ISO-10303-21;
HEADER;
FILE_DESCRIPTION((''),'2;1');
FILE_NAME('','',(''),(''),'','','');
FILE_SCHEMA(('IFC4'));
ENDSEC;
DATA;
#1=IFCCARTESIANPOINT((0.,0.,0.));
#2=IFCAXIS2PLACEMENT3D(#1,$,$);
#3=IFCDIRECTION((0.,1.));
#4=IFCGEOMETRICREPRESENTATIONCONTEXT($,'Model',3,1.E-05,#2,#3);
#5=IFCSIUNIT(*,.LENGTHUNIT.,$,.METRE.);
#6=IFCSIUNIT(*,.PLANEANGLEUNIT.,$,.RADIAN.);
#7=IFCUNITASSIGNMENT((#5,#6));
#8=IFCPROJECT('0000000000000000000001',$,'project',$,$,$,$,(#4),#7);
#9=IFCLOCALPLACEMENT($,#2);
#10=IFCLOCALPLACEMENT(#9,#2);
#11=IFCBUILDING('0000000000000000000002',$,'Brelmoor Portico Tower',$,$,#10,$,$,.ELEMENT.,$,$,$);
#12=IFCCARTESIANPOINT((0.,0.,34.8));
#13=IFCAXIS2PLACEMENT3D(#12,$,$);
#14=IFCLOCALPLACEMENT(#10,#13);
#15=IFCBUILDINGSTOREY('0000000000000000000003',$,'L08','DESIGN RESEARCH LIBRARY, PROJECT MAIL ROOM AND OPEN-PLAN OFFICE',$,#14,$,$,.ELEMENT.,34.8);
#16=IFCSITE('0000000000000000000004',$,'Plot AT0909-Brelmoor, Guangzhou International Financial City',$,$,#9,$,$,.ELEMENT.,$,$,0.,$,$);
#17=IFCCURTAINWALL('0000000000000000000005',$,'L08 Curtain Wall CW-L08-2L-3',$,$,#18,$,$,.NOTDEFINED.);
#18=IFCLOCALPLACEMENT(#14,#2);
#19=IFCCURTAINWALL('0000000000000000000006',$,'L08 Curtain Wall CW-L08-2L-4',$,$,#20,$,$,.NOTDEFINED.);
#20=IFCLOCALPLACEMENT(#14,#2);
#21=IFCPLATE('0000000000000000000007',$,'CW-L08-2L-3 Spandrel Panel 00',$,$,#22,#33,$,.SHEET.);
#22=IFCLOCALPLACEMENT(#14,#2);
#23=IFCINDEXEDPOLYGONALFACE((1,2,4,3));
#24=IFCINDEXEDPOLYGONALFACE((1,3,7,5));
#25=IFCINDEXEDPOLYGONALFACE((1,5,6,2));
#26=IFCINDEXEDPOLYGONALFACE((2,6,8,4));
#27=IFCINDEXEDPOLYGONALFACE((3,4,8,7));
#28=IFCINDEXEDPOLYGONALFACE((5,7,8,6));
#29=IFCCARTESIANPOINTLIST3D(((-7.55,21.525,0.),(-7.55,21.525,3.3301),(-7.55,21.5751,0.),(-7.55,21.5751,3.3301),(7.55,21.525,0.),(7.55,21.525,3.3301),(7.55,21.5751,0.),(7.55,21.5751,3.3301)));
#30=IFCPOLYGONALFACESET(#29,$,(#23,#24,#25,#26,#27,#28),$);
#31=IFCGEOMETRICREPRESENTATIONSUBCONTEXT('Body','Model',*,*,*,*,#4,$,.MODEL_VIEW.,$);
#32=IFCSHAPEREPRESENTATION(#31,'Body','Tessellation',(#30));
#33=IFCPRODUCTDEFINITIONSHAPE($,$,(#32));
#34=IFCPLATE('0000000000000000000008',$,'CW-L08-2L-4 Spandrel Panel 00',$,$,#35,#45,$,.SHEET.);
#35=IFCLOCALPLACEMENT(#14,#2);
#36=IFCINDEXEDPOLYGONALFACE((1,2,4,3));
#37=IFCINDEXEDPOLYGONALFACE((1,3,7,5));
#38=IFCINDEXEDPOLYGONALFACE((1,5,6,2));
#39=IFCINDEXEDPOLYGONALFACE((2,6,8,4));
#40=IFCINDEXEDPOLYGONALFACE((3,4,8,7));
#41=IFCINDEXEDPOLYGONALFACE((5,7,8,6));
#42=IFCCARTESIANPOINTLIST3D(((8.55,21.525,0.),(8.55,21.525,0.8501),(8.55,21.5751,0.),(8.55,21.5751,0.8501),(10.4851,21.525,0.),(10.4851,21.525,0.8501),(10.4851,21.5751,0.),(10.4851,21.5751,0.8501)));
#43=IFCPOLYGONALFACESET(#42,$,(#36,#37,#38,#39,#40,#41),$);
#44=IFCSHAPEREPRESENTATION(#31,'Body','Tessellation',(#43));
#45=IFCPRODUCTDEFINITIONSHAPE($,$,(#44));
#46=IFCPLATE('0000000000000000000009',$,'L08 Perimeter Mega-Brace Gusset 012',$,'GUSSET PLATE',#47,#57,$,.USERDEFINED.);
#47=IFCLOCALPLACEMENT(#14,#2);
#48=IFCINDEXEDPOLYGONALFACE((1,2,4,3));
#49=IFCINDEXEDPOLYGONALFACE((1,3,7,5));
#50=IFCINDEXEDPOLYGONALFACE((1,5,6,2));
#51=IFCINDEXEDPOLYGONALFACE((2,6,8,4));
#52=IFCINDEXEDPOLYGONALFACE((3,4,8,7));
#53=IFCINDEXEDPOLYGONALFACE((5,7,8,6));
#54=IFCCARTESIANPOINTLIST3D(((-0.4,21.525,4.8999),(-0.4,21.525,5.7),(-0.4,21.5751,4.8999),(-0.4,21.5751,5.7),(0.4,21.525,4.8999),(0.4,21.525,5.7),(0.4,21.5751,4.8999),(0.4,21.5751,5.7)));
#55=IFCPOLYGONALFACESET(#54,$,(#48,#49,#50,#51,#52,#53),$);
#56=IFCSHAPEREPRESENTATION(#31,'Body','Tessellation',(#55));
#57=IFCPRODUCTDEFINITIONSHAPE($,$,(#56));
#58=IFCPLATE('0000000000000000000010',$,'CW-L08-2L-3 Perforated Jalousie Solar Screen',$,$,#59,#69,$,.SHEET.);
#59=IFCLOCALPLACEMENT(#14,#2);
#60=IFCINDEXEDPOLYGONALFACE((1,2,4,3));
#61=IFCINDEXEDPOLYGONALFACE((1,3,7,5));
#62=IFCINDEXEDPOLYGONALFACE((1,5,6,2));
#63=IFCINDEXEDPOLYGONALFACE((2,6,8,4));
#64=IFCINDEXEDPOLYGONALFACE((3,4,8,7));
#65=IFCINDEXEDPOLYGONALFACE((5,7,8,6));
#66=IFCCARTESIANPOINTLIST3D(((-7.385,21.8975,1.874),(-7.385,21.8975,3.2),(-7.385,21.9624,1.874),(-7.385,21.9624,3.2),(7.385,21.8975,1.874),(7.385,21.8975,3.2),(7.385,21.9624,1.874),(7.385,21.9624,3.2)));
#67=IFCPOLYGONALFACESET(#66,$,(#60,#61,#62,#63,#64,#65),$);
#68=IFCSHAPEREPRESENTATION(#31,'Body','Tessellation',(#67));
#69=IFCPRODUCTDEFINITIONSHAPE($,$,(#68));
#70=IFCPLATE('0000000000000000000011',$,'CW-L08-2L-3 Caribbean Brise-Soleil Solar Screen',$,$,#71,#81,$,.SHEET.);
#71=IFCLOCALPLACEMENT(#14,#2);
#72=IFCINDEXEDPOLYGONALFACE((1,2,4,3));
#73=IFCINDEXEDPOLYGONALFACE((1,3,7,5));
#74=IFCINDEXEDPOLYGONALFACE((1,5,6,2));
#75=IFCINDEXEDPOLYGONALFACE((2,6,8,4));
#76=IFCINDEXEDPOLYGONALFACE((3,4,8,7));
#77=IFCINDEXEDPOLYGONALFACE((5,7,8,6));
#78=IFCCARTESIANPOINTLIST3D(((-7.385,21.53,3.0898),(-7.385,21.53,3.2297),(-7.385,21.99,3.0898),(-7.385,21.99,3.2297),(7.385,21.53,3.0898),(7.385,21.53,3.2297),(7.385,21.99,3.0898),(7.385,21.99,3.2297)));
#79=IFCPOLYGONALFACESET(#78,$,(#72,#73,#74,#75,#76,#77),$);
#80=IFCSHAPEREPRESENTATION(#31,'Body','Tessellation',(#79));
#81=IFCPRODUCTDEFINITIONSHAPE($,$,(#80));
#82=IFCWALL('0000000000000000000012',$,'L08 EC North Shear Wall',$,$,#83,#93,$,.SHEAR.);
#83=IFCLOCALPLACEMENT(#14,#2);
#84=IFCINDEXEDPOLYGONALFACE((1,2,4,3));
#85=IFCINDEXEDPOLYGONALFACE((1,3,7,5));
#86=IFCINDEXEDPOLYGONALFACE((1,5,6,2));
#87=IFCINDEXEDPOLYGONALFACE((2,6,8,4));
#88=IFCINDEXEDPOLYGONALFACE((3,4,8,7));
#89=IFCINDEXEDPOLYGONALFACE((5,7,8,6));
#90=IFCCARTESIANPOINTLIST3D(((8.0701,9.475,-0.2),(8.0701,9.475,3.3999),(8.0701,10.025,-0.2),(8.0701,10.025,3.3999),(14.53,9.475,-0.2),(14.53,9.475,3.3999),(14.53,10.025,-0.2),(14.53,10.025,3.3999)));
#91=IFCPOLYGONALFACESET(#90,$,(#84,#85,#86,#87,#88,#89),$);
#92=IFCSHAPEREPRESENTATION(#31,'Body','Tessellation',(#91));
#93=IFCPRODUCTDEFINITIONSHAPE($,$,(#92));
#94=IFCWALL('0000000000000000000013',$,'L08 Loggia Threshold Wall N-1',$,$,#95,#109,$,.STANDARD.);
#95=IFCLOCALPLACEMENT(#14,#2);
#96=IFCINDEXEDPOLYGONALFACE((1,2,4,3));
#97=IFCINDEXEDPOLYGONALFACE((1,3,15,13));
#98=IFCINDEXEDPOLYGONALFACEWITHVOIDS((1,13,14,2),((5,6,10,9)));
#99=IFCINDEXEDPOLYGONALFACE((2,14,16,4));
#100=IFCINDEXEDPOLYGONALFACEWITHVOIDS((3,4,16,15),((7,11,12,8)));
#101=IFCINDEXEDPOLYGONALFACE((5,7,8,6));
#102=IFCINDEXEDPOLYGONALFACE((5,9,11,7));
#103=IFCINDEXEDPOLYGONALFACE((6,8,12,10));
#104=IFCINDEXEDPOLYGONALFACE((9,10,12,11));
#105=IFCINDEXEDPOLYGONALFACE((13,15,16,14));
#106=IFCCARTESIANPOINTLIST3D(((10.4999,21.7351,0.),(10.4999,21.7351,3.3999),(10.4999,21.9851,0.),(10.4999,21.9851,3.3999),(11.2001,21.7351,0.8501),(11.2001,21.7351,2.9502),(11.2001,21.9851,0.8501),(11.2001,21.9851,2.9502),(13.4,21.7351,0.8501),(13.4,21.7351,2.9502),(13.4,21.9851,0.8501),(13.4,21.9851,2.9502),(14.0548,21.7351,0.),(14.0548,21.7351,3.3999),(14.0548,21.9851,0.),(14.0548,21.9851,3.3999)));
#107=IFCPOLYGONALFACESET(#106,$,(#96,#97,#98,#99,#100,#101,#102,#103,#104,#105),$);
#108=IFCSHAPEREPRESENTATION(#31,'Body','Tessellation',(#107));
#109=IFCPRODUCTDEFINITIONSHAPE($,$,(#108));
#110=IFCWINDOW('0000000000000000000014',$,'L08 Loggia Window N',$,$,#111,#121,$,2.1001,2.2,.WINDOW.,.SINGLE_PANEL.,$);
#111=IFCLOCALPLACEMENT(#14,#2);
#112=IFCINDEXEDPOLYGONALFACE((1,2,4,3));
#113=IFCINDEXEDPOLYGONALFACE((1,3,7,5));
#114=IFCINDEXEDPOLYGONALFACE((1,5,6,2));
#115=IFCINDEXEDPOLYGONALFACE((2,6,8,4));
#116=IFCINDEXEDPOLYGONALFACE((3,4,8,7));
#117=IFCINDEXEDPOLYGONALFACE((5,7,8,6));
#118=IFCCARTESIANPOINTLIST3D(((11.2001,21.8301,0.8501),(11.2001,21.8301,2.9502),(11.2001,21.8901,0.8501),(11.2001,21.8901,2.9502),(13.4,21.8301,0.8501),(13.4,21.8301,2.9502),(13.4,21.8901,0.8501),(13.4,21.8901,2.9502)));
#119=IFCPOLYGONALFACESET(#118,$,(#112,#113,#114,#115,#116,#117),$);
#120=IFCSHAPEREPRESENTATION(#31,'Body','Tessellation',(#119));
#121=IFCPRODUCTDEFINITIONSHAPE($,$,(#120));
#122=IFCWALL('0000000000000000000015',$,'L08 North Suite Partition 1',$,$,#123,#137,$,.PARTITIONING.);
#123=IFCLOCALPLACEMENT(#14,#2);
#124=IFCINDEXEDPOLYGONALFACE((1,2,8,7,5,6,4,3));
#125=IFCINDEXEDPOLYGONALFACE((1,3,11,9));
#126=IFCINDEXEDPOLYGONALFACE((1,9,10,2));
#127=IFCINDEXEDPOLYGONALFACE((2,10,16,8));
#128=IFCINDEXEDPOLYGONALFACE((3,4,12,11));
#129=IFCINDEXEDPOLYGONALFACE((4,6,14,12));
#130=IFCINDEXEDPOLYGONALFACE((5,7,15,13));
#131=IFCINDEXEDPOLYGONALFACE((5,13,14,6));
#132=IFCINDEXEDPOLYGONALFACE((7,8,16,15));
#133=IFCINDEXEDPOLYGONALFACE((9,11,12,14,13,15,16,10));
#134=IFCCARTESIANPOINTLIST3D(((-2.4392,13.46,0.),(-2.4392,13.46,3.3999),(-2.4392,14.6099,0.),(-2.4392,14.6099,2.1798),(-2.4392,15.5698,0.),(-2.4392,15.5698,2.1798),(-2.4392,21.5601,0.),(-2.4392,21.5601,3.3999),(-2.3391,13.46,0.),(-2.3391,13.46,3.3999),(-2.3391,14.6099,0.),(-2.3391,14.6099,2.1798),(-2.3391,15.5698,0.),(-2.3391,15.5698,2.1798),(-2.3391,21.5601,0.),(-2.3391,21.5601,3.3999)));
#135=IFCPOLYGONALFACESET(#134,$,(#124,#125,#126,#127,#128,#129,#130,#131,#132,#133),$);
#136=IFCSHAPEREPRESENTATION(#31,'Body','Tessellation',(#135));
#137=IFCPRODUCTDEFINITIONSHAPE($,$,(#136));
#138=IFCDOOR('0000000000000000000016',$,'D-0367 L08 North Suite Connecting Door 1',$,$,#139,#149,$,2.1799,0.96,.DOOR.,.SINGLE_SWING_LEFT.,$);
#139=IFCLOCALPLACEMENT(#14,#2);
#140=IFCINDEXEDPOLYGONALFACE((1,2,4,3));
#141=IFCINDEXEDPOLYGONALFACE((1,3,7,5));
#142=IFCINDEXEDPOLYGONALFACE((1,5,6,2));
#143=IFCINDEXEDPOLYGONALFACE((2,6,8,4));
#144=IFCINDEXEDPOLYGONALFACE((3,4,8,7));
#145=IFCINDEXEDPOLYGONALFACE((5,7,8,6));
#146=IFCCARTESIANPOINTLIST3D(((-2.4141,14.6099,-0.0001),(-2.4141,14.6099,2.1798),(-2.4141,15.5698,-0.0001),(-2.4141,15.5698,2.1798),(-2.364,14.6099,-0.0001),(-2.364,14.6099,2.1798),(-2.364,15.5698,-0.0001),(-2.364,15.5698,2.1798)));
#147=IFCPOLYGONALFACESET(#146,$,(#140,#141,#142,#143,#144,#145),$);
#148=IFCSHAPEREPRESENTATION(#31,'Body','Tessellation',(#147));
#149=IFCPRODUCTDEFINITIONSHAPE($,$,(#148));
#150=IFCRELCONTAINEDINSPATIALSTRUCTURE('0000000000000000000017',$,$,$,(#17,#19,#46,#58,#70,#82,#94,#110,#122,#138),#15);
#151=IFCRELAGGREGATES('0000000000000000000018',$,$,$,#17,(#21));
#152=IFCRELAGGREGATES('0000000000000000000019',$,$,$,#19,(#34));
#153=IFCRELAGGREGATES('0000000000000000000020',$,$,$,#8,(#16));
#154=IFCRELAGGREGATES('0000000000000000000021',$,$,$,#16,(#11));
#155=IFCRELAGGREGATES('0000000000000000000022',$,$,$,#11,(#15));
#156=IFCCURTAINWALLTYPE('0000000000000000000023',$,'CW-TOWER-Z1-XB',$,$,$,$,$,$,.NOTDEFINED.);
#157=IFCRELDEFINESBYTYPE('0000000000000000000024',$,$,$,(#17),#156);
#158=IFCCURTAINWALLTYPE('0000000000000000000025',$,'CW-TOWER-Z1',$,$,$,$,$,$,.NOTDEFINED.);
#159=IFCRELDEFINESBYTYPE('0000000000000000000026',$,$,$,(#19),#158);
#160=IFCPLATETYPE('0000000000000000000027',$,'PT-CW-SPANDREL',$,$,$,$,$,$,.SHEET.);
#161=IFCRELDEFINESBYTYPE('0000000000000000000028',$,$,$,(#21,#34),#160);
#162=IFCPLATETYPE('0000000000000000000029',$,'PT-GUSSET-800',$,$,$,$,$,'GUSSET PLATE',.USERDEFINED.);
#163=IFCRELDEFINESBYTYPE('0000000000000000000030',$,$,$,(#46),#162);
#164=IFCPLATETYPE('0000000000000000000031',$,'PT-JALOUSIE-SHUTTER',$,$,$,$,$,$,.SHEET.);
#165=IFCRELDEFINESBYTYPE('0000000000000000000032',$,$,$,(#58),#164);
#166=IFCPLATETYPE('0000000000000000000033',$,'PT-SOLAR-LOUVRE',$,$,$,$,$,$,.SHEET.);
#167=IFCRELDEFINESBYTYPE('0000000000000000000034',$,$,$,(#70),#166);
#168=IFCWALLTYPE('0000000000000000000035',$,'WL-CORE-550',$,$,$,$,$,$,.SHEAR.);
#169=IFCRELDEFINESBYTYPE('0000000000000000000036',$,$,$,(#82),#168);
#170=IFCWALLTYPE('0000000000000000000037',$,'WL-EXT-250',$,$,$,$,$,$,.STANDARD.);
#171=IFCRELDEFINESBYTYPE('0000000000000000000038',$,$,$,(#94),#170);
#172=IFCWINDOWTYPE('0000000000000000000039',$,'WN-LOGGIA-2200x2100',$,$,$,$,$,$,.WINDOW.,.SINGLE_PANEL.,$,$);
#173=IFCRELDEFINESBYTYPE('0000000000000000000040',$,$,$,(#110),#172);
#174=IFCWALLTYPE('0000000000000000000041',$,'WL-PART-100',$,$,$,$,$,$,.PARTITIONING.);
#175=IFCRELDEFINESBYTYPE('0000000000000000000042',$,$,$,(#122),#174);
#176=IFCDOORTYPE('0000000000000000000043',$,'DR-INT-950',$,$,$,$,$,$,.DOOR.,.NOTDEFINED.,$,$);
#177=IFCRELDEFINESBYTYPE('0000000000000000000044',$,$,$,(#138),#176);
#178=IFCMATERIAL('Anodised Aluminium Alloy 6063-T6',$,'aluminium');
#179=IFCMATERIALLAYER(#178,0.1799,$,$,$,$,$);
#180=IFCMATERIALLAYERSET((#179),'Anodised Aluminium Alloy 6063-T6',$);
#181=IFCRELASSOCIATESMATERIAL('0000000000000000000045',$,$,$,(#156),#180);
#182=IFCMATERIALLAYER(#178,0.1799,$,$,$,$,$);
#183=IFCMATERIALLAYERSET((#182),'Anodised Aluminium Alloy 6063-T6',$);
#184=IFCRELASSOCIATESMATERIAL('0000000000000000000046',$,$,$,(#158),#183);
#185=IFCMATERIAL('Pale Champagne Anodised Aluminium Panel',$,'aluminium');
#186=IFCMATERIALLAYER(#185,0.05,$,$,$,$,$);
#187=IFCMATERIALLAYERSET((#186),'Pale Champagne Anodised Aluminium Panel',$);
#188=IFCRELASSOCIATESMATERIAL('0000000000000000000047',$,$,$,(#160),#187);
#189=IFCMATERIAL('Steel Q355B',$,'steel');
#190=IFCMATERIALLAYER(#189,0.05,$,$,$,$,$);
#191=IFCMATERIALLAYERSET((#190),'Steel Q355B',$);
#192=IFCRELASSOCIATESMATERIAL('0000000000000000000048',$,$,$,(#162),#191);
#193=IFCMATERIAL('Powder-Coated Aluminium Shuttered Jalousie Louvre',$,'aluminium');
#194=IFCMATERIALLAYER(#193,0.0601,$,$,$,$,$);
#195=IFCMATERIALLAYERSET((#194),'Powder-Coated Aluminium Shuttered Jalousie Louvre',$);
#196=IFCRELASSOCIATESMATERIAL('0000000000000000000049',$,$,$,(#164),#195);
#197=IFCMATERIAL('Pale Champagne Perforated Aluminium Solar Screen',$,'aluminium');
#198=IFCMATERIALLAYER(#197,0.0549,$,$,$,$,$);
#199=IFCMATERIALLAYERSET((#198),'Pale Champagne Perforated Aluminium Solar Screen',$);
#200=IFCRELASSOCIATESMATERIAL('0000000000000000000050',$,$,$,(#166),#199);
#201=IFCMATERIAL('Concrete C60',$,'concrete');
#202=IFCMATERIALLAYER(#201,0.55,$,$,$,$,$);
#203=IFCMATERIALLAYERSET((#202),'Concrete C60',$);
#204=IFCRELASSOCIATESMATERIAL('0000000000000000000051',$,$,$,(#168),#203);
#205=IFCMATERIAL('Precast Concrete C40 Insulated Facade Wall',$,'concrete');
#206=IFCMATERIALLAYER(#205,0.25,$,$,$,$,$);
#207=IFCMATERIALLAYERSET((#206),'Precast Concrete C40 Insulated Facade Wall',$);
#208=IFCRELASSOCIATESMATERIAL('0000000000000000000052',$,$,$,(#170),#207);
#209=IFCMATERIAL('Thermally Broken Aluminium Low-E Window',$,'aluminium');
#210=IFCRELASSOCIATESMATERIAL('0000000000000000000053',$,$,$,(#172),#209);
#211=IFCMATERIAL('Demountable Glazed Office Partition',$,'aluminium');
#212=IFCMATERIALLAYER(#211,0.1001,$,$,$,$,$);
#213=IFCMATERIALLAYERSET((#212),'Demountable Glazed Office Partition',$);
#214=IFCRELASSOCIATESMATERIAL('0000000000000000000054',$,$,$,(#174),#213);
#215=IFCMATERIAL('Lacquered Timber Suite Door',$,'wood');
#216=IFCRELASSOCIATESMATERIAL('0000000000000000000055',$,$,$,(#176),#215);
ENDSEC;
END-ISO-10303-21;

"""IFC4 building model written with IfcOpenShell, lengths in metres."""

from ifc_helpers import new_model, si_unit, direction, frame, frame_2d, origin, origin_2d, place, context, subcontext, project, spatial, rectangle, extrude, material, layer, layer_set, type_object, element, fill, aggregate, save


model = new_model("IFC4")

# Units and contexts
model_context = context("Model", 3, precision=1e-05, world=origin(), true_north=direction((0.0, 1.0)))
body_context = subcontext(model_context, "Body", "Model", "MODEL_VIEW")
ifc_project = project(units=[si_unit("LENGTHUNIT", "METRE"), si_unit("PLANEANGLEUNIT", "RADIAN")], contexts=[model_context])

# Site, building, storey
site_placement = place(None, origin())
site = spatial("IfcSite", under=ifc_project, at=site_placement, Name="Plot AT0909-Brelmoor, Guangzhou International Financial City", CompositionType="ELEMENT", RefElevation=0.0)
building_placement = place(site_placement, origin())
building = spatial("IfcBuilding", under=site, at=building_placement, Name="Brelmoor Portico Tower", CompositionType="ELEMENT")
storey_placement = place(building_placement, frame((0.0, 0.0, 34.8)))
storey = spatial("IfcBuildingStorey", under=building, at=storey_placement, Name="L08", Description="DESIGN RESEARCH LIBRARY, PROJECT MAIL ROOM AND OPEN-PLAN OFFICE", CompositionType="ELEMENT", Elevation=34.8)

# Shared definitions
ifc_material_1 = material(Name="Steel Q355B", Category="steel")

# Curtain wall
ifc_material_2 = material(Name="Anodised Aluminium Alloy 6063-T6", Category="aluminium")
ifc_layer_1 = layer(ifc_material_2, 0.1799)
ifc_layer_set_1 = layer_set([ifc_layer_1], Name="Anodised Aluminium Alloy 6063-T6")
curtain_wall_type_1 = type_object("IfcCurtainWallType", Name="CW-TOWER-Z1-XB", PredefinedType="NOTDEFINED", material=ifc_layer_set_1)
curtain_wall_1_placement = place(storey_placement, origin())
curtain_wall_1 = element("IfcCurtainWall", 1, at=curtain_wall_1_placement, inside=storey, type_object=curtain_wall_type_1, Name="L08 Curtain Wall CW-L08-2L-3", PredefinedType="NOTDEFINED")

# Curtain wall
ifc_layer_2 = layer(ifc_material_2, 0.1799)
ifc_layer_set_2 = layer_set([ifc_layer_2], Name="Anodised Aluminium Alloy 6063-T6")
curtain_wall_type_2 = type_object("IfcCurtainWallType", Name="CW-TOWER-Z1", PredefinedType="NOTDEFINED", material=ifc_layer_set_2)
curtain_wall_2_placement = place(storey_placement, origin())
curtain_wall_2 = element("IfcCurtainWall", 2, at=curtain_wall_2_placement, inside=storey, type_object=curtain_wall_type_2, Name="L08 Curtain Wall CW-L08-2L-4", PredefinedType="NOTDEFINED")

# Plates
ifc_material_3 = material(Name="Pale Champagne Anodised Aluminium Panel", Category="aluminium")
ifc_layer_3 = layer(ifc_material_3, 0.05)
ifc_layer_set_3 = layer_set([ifc_layer_3], Name="Pale Champagne Anodised Aluminium Panel")
plate_type_1 = type_object("IfcPlateType", Name="PT-CW-SPANDREL", PredefinedType="SHEET", material=ifc_layer_set_3)
plate_1_placement = place(storey_placement, frame((0.0, 21.55, 0.0), z_axis=(0.0, 0.0, 1.0), x_axis=(1.0, 0.0, 0.0)))
plate_1 = element("IfcPlate", 3, at=plate_1_placement, type_object=plate_type_1, Name="CW-L08-2L-3 Spandrel Panel 00", PredefinedType="SHEET", context=body_context, shape_type="SweptSolid", body=[
    extrude(rectangle(XDim=15.1001, YDim=0.05, at=origin_2d()), origin(), (0.0, 0.0, 1.0), 3.3301),
])
aggregate(curtain_wall_1, [plate_1])
plate_2_placement = place(storey_placement, frame((9.5176, 21.55, 0.0), z_axis=(0.0, 0.0, 1.0), x_axis=(1.0, 0.0, 0.0)))
plate_2 = element("IfcPlate", 4, at=plate_2_placement, type_object=plate_type_1, Name="CW-L08-2L-4 Spandrel Panel 00", PredefinedType="SHEET", context=body_context, shape_type="SweptSolid", body=[
    extrude(rectangle(XDim=1.9351, YDim=0.05, at=origin_2d()), origin(), (0.0, 0.0, 1.0), 0.8501),
])
aggregate(curtain_wall_2, [plate_2])

# Plates
ifc_layer_4 = layer(ifc_material_1, 0.05)
ifc_layer_set_4 = layer_set([ifc_layer_4], Name="Steel Q355B")
plate_type_2 = type_object("IfcPlateType", Name="PT-GUSSET-800", ElementType="GUSSET PLATE", PredefinedType="USERDEFINED", material=ifc_layer_set_4)
plate_3_placement = place(storey_placement, frame((0.0, 21.55, 4.8999), z_axis=(0.0, 0.0, 1.0), x_axis=(1.0, 0.0, 0.0)))
element("IfcPlate", 5, at=plate_3_placement, inside=storey, type_object=plate_type_2, Name="L08 Perimeter Mega-Brace Gusset 012", ObjectType="GUSSET PLATE", PredefinedType="USERDEFINED", context=body_context, shape_type="SweptSolid", body=[
    extrude(rectangle(XDim=0.8, YDim=0.05, at=origin_2d()), origin(), (0.0, 0.0, 1.0), 0.8),
])
ifc_material_4 = material(Name="Powder-Coated Aluminium Shuttered Jalousie Louvre", Category="aluminium")
ifc_layer_5 = layer(ifc_material_4, 0.0601)
ifc_layer_set_5 = layer_set([ifc_layer_5], Name="Powder-Coated Aluminium Shuttered Jalousie Louvre")
plate_type_3 = type_object("IfcPlateType", Name="PT-JALOUSIE-SHUTTER", PredefinedType="SHEET", material=ifc_layer_set_5)
plate_4_placement = place(storey_placement, frame((0.0, 21.9299, 1.874), z_axis=(0.0, 0.0, 1.0), x_axis=(1.0, 0.0, 0.0)))
element("IfcPlate", 6, at=plate_4_placement, inside=storey, type_object=plate_type_3, Name="CW-L08-2L-3 Perforated Jalousie Solar Screen", PredefinedType="SHEET", context=body_context, shape_type="SweptSolid", body=[
    extrude(rectangle(XDim=14.77, YDim=0.0649, at=origin_2d()), origin(), (0.0, 0.0, 1.0), 1.3259),
])
ifc_material_5 = material(Name="Pale Champagne Perforated Aluminium Solar Screen", Category="aluminium")
ifc_layer_6 = layer(ifc_material_5, 0.0549)
ifc_layer_set_6 = layer_set([ifc_layer_6], Name="Pale Champagne Perforated Aluminium Solar Screen")
plate_type_4 = type_object("IfcPlateType", Name="PT-SOLAR-LOUVRE", PredefinedType="SHEET", material=ifc_layer_set_6)
plate_5_placement = place(storey_placement, frame((0.0, 21.76, 3.0898), z_axis=(0.0, 0.0, 1.0), x_axis=(1.0, 0.0, 0.0)))
element("IfcPlate", 7, at=plate_5_placement, inside=storey, type_object=plate_type_4, Name="CW-L08-2L-3 Caribbean Brise-Soleil Solar Screen", PredefinedType="SHEET", context=body_context, shape_type="SweptSolid", body=[
    extrude(rectangle(XDim=14.77, YDim=0.46, at=origin_2d()), origin(), (0.0, 0.0, 1.0), 0.1399),
])

# Wall
ifc_material_6 = material(Name="Concrete C60", Category="concrete")
ifc_layer_7 = layer(ifc_material_6, 0.55)
ifc_layer_set_7 = layer_set([ifc_layer_7], Name="Concrete C60")
wall_type_1 = type_object("IfcWallType", Name="WL-CORE-550", PredefinedType="SHEAR", material=ifc_layer_set_7)
wall_1_placement = place(storey_placement, frame((8.0701, 9.75, -0.2), z_axis=(0.0, 0.0, 1.0), x_axis=(1.0, 0.0, 0.0)))
element("IfcWall", 8, at=wall_1_placement, inside=storey, type_object=wall_type_1, Name="L08 EC North Shear Wall", PredefinedType="SHEAR", context=body_context, shape_type="SweptSolid", body=[
    extrude(rectangle(XDim=6.46, YDim=0.55, at=frame_2d((3.23, 0.0))), origin(), (0.0, 0.0, 1.0), 3.5999),
])

# Wall, opening, window
ifc_material_7 = material(Name="Precast Concrete C40 Insulated Facade Wall", Category="concrete")
ifc_layer_8 = layer(ifc_material_7, 0.25)
ifc_layer_set_8 = layer_set([ifc_layer_8], Name="Precast Concrete C40 Insulated Facade Wall")
wall_type_2 = type_object("IfcWallType", Name="WL-EXT-250", PredefinedType="STANDARD", material=ifc_layer_set_8)
wall_2_placement = place(storey_placement, frame((10.5, 21.8601, 0.0), z_axis=(0.0, 0.0, 1.0), x_axis=(1.0, 0.0, 0.0)))
wall_2 = element("IfcWall", 9, at=wall_2_placement, inside=storey, type_object=wall_type_2, Name="L08 Loggia Threshold Wall N-1", PredefinedType="STANDARD", context=body_context, shape_type="SweptSolid", body=[
    extrude(rectangle(XDim=3.5549, YDim=0.25, at=frame_2d((1.7773, 0.0))), origin(), (0.0, 0.0, 1.0), 3.3999),
])
opening_1_placement = place(wall_2_placement, frame((0.7, 0.0, 0.8501)))
opening_1 = element("IfcOpeningElement", 10, at=opening_1_placement, cuts=wall_2, PredefinedType="OPENING", context=body_context, shape_type="SweptSolid", body=[
    extrude(rectangle(XDim=2.2, YDim=2.1001, at=frame_2d((1.1001, 1.05))), frame((0.0, 0.135, 0.0), z_axis=(0.0, -1.0, 0.0), x_axis=(1.0, 0.0, 0.0)), (0.0, 0.0, 1.0), 0.27),
])
ifc_material_8 = material(Name="Thermally Broken Aluminium Low-E Window", Category="aluminium")
window_type = type_object("IfcWindowType", Name="WN-LOGGIA-2200x2100", PartitioningType="SINGLE_PANEL", PredefinedType="WINDOW", material=ifc_material_8)
window_placement = place(opening_1_placement, origin())
window = element("IfcWindow", 11, at=window_placement, inside=storey, type_object=window_type, Name="L08 Loggia Window N", OverallHeight=2.1001, OverallWidth=2.2, PartitioningType="SINGLE_PANEL", PredefinedType="WINDOW", context=body_context, shape_type="SweptSolid", body=[
    extrude(rectangle(XDim=2.2, YDim=2.1001, at=frame_2d((1.1001, 1.05))), frame((0.0, 0.03, 0.0), z_axis=(0.0, -1.0, 0.0), x_axis=(1.0, 0.0, 0.0)), (0.0, 0.0, 1.0), 0.0601),
])
fill(opening_1, window)

# Wall, opening, door
ifc_material_9 = material(Name="Demountable Glazed Office Partition", Category="aluminium")
ifc_layer_9 = layer(ifc_material_9, 0.1001)
ifc_layer_set_9 = layer_set([ifc_layer_9], Name="Demountable Glazed Office Partition")
wall_type_3 = type_object("IfcWallType", Name="WL-PART-100", PredefinedType="PARTITIONING", material=ifc_layer_set_9)
wall_3_placement = place(storey_placement, frame((-2.3892, 13.46, 0.0), z_axis=(0.0, 0.0, 1.0), x_axis=(0.0, 1.0, 0.0)))
wall_3 = element("IfcWall", 12, at=wall_3_placement, inside=storey, type_object=wall_type_3, Name="L08 North Suite Partition 1", PredefinedType="PARTITIONING", context=body_context, shape_type="SweptSolid", body=[
    extrude(rectangle(XDim=8.1001, YDim=0.1001, at=frame_2d((4.05, 0.0))), origin(), (0.0, 0.0, 1.0), 3.3999),
])
opening_2_placement = place(wall_3_placement, frame((1.1499, 0.0, 0.0)))
opening_2 = element("IfcOpeningElement", 13, at=opening_2_placement, cuts=wall_3, PredefinedType="OPENING", context=body_context, shape_type="SweptSolid", body=[
    extrude(rectangle(XDim=0.96, YDim=2.1799, at=frame_2d((0.48, 1.0898))), frame((0.0, 0.0601, 0.0), z_axis=(0.0, -1.0, 0.0), x_axis=(1.0, 0.0, 0.0)), (0.0, 0.0, 1.0), 0.1201),
])
ifc_material_10 = material(Name="Lacquered Timber Suite Door", Category="wood")
door_type = type_object("IfcDoorType", Name="DR-INT-950", OperationType="NOTDEFINED", PredefinedType="DOOR", material=ifc_material_10)
door_1_placement = place(opening_2_placement, origin())
door_1 = element("IfcDoor", 14, at=door_1_placement, inside=storey, type_object=door_type, Name="D-0367 L08 North Suite Connecting Door 1", OperationType="SINGLE_SWING_LEFT", OverallHeight=2.1799, OverallWidth=0.96, PredefinedType="DOOR", context=body_context, shape_type="SweptSolid", body=[
    extrude(rectangle(XDim=0.96, YDim=2.1799, at=frame_2d((0.48, 1.0898))), frame((0.0, 0.0249, 0.0), z_axis=(0.0, -1.0, 0.0), x_axis=(1.0, 0.0, 0.0)), (0.0, 0.0, 1.0), 0.05),
])
fill(opening_2, door_1)

save(model, "model.ifc")
